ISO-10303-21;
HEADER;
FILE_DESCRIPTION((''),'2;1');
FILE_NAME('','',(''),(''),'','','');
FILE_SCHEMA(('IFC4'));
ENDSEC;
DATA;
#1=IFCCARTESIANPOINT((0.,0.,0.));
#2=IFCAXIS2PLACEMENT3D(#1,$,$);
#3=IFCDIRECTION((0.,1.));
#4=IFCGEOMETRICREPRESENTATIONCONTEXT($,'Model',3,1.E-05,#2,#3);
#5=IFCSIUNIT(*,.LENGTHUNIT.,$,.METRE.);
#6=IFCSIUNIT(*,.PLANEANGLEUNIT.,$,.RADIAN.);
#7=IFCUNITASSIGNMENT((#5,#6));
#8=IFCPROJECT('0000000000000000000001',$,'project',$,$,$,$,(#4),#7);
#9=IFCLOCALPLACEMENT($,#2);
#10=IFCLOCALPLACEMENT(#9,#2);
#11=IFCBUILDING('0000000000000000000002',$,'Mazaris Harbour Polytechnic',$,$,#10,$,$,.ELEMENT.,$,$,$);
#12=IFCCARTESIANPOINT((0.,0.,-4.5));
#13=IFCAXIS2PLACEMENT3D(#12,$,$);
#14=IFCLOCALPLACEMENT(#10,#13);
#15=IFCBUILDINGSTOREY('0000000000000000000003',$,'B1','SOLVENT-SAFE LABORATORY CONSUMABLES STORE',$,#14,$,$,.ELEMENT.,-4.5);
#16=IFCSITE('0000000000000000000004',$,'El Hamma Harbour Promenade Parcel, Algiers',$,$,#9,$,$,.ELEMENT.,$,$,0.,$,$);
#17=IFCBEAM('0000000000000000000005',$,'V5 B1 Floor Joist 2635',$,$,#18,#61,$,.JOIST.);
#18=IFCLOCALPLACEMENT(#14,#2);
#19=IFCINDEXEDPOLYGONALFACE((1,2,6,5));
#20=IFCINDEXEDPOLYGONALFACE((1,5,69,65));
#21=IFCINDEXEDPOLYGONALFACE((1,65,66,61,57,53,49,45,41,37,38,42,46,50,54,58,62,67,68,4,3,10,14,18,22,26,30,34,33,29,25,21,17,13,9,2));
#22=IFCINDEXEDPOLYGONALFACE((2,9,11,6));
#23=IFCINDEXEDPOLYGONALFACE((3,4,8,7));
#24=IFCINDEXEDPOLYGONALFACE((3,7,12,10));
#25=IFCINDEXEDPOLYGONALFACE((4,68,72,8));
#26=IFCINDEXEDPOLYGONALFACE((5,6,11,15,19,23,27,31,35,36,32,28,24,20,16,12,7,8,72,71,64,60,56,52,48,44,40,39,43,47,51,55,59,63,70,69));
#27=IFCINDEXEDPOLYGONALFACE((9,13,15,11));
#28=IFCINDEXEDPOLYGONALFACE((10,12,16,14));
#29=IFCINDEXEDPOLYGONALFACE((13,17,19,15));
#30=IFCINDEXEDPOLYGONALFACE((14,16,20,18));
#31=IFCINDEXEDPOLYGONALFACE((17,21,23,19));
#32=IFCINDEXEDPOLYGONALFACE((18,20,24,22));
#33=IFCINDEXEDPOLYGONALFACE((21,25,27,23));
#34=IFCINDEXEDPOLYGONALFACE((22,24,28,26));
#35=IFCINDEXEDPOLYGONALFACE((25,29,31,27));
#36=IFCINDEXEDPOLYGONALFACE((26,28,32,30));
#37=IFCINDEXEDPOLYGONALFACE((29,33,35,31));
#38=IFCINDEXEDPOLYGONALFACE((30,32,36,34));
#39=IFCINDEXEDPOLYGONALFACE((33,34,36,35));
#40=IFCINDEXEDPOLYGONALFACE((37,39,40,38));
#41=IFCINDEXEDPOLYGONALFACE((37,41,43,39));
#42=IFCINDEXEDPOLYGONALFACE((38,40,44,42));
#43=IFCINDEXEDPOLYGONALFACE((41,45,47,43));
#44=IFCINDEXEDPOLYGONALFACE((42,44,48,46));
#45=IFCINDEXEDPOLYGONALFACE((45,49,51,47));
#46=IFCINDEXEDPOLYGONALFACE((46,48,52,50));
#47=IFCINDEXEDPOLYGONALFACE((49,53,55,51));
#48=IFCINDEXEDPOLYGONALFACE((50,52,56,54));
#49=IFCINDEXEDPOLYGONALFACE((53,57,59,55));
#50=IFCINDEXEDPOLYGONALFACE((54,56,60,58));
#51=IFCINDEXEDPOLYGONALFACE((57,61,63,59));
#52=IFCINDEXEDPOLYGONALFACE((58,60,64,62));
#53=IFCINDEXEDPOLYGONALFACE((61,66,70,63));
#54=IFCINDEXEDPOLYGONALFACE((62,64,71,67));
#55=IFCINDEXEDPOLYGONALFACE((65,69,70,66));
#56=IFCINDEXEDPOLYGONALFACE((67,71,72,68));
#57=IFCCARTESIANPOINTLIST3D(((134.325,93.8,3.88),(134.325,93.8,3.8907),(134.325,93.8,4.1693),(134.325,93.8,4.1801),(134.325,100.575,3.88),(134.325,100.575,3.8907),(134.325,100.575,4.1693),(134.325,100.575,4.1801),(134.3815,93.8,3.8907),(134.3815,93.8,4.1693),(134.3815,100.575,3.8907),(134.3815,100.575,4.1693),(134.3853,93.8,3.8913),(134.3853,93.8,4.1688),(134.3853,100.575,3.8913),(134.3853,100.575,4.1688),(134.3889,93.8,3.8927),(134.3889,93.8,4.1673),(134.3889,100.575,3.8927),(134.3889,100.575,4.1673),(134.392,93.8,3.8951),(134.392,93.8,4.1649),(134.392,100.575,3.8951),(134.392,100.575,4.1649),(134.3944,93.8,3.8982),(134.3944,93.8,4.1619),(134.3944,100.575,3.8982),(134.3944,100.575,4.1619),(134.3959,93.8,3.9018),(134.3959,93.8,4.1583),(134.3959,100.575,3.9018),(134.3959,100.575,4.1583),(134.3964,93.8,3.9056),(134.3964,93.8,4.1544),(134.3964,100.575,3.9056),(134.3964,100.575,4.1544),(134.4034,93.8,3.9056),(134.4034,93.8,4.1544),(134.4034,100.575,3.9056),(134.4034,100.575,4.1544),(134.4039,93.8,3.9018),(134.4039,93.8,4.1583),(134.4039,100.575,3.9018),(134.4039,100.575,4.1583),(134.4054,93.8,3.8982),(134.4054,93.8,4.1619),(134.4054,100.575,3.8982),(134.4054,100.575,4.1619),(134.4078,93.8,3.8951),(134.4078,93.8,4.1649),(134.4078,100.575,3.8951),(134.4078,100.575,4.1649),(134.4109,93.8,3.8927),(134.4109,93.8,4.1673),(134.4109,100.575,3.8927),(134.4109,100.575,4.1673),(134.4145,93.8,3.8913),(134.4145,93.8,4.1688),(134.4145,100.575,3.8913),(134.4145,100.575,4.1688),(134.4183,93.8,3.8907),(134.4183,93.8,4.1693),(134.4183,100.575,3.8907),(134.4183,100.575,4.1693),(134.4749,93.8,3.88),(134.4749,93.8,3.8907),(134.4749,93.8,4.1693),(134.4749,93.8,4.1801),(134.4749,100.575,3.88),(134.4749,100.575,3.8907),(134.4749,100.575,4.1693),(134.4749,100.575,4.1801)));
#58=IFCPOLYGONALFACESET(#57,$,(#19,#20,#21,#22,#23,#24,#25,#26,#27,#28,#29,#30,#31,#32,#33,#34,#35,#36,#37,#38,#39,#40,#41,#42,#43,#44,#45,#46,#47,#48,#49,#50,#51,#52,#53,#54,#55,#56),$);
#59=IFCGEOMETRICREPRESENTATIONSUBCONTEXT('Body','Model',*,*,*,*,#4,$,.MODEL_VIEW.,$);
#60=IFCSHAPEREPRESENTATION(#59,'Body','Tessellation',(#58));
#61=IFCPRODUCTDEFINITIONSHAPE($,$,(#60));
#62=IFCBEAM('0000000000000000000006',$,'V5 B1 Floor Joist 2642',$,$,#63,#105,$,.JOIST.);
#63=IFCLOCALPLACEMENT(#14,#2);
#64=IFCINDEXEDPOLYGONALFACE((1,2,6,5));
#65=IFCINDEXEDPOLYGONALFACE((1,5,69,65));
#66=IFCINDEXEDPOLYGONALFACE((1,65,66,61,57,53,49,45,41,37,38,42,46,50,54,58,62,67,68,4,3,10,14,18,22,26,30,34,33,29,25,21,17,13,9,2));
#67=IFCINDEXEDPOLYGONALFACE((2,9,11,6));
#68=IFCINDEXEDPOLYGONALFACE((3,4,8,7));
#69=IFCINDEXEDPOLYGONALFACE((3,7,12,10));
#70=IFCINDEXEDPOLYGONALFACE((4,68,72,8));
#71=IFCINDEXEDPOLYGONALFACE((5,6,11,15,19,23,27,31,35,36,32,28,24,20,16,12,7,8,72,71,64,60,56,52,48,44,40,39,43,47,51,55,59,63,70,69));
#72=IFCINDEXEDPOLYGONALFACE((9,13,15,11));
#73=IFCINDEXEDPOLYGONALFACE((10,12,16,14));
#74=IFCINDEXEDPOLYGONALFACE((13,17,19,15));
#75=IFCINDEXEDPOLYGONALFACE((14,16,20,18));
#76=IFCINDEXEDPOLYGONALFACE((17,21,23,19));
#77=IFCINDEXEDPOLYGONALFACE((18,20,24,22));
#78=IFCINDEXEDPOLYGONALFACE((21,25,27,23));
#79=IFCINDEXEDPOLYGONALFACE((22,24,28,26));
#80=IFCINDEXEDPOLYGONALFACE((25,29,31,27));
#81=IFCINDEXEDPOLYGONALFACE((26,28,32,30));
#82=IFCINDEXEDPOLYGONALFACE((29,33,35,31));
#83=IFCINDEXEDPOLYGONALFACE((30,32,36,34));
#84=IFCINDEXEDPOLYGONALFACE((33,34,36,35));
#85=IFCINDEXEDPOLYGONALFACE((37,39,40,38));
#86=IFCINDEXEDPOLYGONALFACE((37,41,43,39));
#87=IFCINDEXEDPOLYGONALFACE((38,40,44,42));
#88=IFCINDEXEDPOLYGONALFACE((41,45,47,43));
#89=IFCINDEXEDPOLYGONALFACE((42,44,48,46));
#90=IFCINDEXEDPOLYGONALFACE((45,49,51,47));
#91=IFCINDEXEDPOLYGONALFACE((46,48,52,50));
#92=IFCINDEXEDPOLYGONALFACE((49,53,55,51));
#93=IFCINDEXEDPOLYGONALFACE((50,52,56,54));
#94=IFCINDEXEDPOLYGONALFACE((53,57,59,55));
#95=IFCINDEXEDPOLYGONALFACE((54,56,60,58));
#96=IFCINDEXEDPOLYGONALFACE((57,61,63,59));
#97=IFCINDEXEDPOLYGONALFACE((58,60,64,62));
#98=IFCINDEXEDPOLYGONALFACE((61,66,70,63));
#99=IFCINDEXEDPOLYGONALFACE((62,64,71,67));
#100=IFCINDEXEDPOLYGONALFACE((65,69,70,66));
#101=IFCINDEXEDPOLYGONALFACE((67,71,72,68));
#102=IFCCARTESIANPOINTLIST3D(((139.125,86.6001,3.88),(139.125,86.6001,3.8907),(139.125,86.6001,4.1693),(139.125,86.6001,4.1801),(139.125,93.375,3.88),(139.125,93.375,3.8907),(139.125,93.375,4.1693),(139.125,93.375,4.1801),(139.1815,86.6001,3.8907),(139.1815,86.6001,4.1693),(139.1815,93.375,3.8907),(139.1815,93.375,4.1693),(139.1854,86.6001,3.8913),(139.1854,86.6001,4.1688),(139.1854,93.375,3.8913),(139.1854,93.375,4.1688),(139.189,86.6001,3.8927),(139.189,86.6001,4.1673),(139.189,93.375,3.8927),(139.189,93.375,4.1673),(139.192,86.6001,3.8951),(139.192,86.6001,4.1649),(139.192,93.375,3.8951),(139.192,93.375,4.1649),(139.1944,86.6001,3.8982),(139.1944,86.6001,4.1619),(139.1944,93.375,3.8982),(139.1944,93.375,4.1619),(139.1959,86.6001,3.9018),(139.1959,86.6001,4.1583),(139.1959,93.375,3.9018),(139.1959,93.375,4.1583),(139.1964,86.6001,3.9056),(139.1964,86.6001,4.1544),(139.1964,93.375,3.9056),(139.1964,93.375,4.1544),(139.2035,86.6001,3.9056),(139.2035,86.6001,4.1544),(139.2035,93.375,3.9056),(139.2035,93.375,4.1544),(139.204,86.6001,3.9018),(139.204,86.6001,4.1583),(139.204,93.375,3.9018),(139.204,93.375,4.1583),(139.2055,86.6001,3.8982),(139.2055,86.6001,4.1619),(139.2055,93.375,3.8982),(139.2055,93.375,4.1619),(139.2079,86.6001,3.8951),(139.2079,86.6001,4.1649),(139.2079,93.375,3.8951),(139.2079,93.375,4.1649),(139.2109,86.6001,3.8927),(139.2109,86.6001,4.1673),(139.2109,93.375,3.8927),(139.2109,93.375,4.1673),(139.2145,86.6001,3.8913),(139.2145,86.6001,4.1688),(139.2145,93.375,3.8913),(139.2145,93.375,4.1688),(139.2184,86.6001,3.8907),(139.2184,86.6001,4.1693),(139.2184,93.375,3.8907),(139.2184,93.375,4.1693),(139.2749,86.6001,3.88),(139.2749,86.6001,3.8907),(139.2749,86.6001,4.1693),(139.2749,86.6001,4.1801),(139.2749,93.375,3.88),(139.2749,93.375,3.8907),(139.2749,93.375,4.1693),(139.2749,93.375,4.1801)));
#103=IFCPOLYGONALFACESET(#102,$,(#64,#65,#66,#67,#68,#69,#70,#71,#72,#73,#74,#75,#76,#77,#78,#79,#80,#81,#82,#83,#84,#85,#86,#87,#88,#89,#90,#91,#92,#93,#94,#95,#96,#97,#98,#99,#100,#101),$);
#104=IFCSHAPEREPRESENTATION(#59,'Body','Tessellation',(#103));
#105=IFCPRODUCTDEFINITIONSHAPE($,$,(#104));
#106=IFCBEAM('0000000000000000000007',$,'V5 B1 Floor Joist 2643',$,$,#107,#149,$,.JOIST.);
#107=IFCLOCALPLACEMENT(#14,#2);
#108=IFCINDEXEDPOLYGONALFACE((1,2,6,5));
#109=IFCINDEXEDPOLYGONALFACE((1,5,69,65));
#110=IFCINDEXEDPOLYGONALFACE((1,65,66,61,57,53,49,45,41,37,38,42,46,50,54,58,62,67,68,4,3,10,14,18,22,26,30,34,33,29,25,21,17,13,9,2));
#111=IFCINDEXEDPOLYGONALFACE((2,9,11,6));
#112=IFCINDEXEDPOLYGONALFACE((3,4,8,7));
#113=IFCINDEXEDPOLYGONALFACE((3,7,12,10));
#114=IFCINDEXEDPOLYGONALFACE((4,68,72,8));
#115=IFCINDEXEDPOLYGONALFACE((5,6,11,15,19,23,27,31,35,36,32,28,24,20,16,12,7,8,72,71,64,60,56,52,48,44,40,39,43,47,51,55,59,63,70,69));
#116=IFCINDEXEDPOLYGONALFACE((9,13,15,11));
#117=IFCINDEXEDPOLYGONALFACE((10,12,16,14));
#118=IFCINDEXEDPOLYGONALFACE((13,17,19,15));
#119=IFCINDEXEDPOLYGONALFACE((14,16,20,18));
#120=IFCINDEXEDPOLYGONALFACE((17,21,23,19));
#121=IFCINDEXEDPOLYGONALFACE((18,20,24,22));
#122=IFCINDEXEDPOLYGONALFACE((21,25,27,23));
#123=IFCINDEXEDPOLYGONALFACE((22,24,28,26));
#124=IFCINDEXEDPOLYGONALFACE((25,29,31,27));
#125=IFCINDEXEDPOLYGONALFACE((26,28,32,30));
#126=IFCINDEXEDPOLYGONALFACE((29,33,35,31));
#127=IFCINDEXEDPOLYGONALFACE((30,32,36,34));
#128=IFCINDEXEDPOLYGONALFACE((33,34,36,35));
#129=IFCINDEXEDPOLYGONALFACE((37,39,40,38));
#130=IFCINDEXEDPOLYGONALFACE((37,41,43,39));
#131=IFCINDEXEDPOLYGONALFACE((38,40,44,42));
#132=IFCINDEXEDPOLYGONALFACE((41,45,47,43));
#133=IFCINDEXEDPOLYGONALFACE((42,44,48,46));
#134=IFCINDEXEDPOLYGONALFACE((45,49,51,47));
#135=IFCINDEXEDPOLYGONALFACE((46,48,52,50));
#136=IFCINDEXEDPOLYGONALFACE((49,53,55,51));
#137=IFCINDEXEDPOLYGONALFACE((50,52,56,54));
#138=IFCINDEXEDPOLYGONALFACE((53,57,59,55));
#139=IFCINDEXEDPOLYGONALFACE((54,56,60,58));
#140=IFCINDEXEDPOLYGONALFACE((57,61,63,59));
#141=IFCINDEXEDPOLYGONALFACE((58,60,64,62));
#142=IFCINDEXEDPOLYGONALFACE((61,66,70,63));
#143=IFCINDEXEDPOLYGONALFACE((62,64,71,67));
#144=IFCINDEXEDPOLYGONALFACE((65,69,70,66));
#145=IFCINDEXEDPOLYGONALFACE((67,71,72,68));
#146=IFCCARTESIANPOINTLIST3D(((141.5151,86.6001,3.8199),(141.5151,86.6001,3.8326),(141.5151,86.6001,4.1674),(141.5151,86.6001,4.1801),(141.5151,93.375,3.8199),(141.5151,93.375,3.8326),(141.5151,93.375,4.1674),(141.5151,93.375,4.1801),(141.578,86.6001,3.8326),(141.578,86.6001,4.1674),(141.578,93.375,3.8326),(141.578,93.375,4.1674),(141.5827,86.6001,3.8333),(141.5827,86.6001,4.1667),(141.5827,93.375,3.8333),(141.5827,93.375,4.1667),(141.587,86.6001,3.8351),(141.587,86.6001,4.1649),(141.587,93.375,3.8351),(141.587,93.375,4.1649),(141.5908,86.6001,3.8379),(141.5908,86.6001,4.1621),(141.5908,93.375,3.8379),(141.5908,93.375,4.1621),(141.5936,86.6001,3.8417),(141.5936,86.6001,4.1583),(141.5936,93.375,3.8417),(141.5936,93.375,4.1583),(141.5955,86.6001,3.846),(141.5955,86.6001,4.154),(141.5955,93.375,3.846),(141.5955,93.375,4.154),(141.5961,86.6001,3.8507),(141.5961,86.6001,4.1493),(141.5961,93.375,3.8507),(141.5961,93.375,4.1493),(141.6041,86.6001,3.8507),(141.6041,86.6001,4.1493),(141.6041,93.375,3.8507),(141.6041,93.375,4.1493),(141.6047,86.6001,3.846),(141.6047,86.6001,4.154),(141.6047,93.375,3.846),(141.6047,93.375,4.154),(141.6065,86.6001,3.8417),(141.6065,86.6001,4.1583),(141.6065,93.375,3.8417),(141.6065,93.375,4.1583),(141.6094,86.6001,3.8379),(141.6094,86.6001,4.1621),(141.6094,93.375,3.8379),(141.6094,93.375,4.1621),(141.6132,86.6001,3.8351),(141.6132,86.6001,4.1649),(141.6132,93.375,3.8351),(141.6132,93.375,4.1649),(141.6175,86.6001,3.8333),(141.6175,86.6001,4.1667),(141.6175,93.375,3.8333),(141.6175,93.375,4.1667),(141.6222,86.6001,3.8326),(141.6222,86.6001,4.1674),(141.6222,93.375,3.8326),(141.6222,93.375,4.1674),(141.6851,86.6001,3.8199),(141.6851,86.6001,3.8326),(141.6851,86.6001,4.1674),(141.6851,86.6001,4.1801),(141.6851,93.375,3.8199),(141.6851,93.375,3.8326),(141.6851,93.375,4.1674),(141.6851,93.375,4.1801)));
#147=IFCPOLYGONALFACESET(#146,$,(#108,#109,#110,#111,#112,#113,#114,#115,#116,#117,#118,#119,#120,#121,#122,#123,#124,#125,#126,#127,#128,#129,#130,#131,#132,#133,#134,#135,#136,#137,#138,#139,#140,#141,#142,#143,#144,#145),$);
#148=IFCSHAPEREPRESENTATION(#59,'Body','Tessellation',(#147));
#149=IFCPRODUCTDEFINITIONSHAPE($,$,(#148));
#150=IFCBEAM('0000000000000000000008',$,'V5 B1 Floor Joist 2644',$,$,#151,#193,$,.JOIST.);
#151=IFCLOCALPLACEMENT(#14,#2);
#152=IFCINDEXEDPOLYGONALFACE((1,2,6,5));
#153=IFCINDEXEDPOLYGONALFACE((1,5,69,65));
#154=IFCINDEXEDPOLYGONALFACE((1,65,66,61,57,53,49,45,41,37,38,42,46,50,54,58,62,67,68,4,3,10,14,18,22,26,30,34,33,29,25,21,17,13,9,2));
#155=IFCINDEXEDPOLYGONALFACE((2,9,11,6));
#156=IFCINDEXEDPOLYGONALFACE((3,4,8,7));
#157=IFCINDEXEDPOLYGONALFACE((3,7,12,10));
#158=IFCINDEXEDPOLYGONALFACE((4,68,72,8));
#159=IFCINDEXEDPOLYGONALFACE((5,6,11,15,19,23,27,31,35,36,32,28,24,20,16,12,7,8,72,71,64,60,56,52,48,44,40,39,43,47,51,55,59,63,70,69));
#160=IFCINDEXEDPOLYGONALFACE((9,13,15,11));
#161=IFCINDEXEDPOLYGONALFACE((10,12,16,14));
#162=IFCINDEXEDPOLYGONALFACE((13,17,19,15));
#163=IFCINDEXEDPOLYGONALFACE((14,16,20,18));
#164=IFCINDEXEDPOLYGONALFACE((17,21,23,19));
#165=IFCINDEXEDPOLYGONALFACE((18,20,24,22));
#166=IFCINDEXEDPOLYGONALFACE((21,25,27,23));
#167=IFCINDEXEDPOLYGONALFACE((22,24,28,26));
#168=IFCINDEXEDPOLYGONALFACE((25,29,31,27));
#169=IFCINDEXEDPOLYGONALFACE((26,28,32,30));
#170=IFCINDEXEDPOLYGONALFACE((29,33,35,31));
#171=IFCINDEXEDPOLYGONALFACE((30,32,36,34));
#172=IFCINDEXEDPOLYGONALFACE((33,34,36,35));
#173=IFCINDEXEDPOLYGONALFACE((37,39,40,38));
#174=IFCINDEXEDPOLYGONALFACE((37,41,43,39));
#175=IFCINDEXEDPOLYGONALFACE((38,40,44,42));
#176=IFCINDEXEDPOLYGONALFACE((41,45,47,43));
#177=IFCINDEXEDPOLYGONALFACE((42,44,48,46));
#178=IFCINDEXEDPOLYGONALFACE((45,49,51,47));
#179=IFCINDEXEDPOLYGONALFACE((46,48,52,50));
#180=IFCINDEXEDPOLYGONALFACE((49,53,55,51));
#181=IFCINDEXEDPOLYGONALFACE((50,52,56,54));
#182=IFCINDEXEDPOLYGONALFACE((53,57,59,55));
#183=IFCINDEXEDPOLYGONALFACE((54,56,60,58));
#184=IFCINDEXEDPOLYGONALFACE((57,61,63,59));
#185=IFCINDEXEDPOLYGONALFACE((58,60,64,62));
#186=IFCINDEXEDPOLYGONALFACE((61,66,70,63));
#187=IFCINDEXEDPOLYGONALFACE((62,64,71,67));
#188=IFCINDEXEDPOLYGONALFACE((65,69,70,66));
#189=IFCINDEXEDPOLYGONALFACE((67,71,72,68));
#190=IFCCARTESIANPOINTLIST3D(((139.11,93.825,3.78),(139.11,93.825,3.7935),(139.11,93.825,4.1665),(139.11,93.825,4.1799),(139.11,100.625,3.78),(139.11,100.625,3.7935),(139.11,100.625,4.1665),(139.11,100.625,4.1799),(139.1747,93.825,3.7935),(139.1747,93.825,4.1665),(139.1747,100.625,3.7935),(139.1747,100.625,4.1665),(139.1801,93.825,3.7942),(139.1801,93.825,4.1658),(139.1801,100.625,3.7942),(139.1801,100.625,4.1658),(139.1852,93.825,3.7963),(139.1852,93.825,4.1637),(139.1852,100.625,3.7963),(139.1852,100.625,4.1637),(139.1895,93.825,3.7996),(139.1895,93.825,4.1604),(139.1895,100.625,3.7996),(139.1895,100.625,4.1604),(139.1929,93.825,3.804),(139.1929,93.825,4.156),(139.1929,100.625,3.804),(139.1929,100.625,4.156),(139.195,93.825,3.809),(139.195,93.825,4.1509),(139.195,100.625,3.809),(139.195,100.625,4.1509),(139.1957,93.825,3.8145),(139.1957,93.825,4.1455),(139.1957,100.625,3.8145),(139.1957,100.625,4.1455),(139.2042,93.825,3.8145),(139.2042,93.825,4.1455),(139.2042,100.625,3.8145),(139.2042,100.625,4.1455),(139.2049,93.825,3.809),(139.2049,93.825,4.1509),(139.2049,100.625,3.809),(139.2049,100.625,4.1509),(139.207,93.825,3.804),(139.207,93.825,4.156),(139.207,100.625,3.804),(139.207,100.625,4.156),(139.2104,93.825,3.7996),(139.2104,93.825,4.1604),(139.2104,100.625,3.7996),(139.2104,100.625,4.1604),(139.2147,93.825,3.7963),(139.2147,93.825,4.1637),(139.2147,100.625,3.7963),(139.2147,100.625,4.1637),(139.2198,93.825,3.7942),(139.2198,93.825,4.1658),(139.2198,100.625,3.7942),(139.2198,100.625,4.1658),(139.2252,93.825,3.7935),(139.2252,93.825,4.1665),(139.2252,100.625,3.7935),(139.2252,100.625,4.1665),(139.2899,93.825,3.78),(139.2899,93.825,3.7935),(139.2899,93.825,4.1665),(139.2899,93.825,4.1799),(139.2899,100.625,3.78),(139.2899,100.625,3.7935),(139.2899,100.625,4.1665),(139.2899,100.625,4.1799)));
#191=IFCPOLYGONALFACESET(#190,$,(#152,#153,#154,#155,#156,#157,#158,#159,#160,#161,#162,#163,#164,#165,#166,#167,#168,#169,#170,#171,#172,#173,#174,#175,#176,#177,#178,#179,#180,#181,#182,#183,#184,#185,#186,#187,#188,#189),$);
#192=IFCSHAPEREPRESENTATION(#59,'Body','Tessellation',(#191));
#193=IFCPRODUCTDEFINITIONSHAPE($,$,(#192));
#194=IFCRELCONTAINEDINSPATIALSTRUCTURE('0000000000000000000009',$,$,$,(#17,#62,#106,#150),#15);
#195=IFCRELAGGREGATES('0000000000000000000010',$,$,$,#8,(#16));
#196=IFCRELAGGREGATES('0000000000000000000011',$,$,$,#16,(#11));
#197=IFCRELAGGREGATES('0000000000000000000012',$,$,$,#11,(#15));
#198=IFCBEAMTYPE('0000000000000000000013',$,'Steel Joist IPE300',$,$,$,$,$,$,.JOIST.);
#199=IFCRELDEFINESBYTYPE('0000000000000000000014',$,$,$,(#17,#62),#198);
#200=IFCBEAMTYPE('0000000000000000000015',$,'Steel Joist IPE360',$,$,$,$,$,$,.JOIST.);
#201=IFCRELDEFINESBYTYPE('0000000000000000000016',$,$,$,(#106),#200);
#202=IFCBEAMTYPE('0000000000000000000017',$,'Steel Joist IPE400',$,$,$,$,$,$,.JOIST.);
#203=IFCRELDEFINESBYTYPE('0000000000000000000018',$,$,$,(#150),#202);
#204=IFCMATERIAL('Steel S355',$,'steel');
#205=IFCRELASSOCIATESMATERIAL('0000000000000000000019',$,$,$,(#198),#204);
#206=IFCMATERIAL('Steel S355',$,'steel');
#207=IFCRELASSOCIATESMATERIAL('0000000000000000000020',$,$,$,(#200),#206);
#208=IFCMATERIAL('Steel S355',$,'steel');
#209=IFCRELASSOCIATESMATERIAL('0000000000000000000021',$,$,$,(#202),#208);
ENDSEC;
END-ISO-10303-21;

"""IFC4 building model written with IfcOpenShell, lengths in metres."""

from ifc_helpers import new_model, si_unit, direction, frame, origin, origin_2d, place, context, subcontext, project, spatial, i_section, extrude, material, material_profile, profile_set, type_object, element, save


model = new_model("IFC4")

# Units and contexts
model_context = context("Model", 3, precision=1e-05, world=origin(), true_north=direction((0.0, 1.0)))
body_context = subcontext(model_context, "Body", "Model", "MODEL_VIEW")
ifc_project = project(units=[si_unit("LENGTHUNIT", "METRE"), si_unit("PLANEANGLEUNIT", "RADIAN")], contexts=[model_context])

# Site, building, storey
site_placement = place(None, origin())
site = spatial("IfcSite", under=ifc_project, at=site_placement, Name="El Hamma Harbour Promenade Parcel, Algiers", CompositionType="ELEMENT", RefElevation=0.0)
building_placement = place(site_placement, origin())
building = spatial("IfcBuilding", under=site, at=building_placement, Name="Mazaris Harbour Polytechnic", CompositionType="ELEMENT")
storey_placement = place(building_placement, frame((0.0, 0.0, -4.5)))
storey = spatial("IfcBuildingStorey", under=building, at=storey_placement, Name="B1", Description="SOLVENT-SAFE LABORATORY CONSUMABLES STORE", CompositionType="ELEMENT", Elevation=-4.5)

# Beams
ifc_material_1 = material(Name="Steel S355", Category="steel")
ifc_material_profile_1 = material_profile(ifc_material_1, i_section(OverallWidth=0.1499, OverallDepth=0.3, WebThickness=0.0071, FlangeThickness=0.0107, FilletRadius=0.0149, at=origin_2d()), Name="IPE 300")
ifc_profile_set_1 = profile_set([ifc_material_profile_1], Name="Steel S355")
beam_type_1 = type_object("IfcBeamType", Name="Steel Joist IPE300", PredefinedType="JOIST", material=ifc_profile_set_1)
for number, where, z_axis, x_axis, name in (
    (1, (134.3999, 93.8, 4.03), (0.0, 1.0, 0.0), (-1.0, 0.0, 0.0), "V5 B1 Floor Joist 2635"),
    (2, (139.2, 86.6001, 4.03), (0.0, 1.0, 0.0), (-1.0, 0.0, 0.0), "V5 B1 Floor Joist 2642"),
):
    element("IfcBeam", number, at=place(storey_placement, frame(where, z_axis=z_axis, x_axis=x_axis)), inside=storey, type_object=beam_type_1, Name=name, PredefinedType="JOIST", context=body_context, shape_type="SweptSolid", body=[
        extrude(i_section(OverallWidth=0.1499, OverallDepth=0.3, WebThickness=0.0071, FlangeThickness=0.0107, FilletRadius=0.0149, at=origin_2d()), origin(), (0.0, 0.0, 1.0), 6.7749),
    ])
ifc_material_2 = material(Name="Steel S355", Category="steel")
ifc_material_profile_2 = material_profile(ifc_material_2, i_section(OverallWidth=0.1699, OverallDepth=0.3601, WebThickness=0.0081, FlangeThickness=0.0127, FilletRadius=0.0181, at=origin_2d()), Name="IPE 360")
ifc_profile_set_2 = profile_set([ifc_material_profile_2], Name="Steel S355")
beam_type_2 = type_object("IfcBeamType", Name="Steel Joist IPE360", PredefinedType="JOIST", material=ifc_profile_set_2)
beam_1_placement = place(storey_placement, frame((141.6001, 86.6001, 4.0), z_axis=(0.0, 1.0, 0.0), x_axis=(-1.0, 0.0, 0.0)))
element("IfcBeam", 3, at=beam_1_placement, inside=storey, type_object=beam_type_2, Name="V5 B1 Floor Joist 2643", PredefinedType="JOIST", context=body_context, shape_type="SweptSolid", body=[
    extrude(i_section(OverallWidth=0.1699, OverallDepth=0.3601, WebThickness=0.0081, FlangeThickness=0.0127, FilletRadius=0.0181, at=origin_2d()), origin(), (0.0, 0.0, 1.0), 6.7749),
])
ifc_material_3 = material(Name="Steel S355", Category="steel")
ifc_material_profile_3 = material_profile(ifc_material_3, i_section(OverallWidth=0.1799, OverallDepth=0.3999, WebThickness=0.0085, FlangeThickness=0.0134, FilletRadius=0.021, at=origin_2d()), Name="IPE 400")
ifc_profile_set_3 = profile_set([ifc_material_profile_3], Name="Steel S355")
beam_type_3 = type_object("IfcBeamType", Name="Steel Joist IPE400", PredefinedType="JOIST", material=ifc_profile_set_3)
beam_2_placement = place(storey_placement, frame((139.2, 93.825, 3.98), z_axis=(0.0, 1.0, 0.0), x_axis=(-1.0, 0.0, 0.0)))
element("IfcBeam", 4, at=beam_2_placement, inside=storey, type_object=beam_type_3, Name="V5 B1 Floor Joist 2644", PredefinedType="JOIST", context=body_context, shape_type="SweptSolid", body=[
    extrude(i_section(OverallWidth=0.1799, OverallDepth=0.3999, WebThickness=0.0085, FlangeThickness=0.0134, FilletRadius=0.021, at=origin_2d()), origin(), (0.0, 0.0, 1.0), 6.8),
])

save(model, "model.ifc")
